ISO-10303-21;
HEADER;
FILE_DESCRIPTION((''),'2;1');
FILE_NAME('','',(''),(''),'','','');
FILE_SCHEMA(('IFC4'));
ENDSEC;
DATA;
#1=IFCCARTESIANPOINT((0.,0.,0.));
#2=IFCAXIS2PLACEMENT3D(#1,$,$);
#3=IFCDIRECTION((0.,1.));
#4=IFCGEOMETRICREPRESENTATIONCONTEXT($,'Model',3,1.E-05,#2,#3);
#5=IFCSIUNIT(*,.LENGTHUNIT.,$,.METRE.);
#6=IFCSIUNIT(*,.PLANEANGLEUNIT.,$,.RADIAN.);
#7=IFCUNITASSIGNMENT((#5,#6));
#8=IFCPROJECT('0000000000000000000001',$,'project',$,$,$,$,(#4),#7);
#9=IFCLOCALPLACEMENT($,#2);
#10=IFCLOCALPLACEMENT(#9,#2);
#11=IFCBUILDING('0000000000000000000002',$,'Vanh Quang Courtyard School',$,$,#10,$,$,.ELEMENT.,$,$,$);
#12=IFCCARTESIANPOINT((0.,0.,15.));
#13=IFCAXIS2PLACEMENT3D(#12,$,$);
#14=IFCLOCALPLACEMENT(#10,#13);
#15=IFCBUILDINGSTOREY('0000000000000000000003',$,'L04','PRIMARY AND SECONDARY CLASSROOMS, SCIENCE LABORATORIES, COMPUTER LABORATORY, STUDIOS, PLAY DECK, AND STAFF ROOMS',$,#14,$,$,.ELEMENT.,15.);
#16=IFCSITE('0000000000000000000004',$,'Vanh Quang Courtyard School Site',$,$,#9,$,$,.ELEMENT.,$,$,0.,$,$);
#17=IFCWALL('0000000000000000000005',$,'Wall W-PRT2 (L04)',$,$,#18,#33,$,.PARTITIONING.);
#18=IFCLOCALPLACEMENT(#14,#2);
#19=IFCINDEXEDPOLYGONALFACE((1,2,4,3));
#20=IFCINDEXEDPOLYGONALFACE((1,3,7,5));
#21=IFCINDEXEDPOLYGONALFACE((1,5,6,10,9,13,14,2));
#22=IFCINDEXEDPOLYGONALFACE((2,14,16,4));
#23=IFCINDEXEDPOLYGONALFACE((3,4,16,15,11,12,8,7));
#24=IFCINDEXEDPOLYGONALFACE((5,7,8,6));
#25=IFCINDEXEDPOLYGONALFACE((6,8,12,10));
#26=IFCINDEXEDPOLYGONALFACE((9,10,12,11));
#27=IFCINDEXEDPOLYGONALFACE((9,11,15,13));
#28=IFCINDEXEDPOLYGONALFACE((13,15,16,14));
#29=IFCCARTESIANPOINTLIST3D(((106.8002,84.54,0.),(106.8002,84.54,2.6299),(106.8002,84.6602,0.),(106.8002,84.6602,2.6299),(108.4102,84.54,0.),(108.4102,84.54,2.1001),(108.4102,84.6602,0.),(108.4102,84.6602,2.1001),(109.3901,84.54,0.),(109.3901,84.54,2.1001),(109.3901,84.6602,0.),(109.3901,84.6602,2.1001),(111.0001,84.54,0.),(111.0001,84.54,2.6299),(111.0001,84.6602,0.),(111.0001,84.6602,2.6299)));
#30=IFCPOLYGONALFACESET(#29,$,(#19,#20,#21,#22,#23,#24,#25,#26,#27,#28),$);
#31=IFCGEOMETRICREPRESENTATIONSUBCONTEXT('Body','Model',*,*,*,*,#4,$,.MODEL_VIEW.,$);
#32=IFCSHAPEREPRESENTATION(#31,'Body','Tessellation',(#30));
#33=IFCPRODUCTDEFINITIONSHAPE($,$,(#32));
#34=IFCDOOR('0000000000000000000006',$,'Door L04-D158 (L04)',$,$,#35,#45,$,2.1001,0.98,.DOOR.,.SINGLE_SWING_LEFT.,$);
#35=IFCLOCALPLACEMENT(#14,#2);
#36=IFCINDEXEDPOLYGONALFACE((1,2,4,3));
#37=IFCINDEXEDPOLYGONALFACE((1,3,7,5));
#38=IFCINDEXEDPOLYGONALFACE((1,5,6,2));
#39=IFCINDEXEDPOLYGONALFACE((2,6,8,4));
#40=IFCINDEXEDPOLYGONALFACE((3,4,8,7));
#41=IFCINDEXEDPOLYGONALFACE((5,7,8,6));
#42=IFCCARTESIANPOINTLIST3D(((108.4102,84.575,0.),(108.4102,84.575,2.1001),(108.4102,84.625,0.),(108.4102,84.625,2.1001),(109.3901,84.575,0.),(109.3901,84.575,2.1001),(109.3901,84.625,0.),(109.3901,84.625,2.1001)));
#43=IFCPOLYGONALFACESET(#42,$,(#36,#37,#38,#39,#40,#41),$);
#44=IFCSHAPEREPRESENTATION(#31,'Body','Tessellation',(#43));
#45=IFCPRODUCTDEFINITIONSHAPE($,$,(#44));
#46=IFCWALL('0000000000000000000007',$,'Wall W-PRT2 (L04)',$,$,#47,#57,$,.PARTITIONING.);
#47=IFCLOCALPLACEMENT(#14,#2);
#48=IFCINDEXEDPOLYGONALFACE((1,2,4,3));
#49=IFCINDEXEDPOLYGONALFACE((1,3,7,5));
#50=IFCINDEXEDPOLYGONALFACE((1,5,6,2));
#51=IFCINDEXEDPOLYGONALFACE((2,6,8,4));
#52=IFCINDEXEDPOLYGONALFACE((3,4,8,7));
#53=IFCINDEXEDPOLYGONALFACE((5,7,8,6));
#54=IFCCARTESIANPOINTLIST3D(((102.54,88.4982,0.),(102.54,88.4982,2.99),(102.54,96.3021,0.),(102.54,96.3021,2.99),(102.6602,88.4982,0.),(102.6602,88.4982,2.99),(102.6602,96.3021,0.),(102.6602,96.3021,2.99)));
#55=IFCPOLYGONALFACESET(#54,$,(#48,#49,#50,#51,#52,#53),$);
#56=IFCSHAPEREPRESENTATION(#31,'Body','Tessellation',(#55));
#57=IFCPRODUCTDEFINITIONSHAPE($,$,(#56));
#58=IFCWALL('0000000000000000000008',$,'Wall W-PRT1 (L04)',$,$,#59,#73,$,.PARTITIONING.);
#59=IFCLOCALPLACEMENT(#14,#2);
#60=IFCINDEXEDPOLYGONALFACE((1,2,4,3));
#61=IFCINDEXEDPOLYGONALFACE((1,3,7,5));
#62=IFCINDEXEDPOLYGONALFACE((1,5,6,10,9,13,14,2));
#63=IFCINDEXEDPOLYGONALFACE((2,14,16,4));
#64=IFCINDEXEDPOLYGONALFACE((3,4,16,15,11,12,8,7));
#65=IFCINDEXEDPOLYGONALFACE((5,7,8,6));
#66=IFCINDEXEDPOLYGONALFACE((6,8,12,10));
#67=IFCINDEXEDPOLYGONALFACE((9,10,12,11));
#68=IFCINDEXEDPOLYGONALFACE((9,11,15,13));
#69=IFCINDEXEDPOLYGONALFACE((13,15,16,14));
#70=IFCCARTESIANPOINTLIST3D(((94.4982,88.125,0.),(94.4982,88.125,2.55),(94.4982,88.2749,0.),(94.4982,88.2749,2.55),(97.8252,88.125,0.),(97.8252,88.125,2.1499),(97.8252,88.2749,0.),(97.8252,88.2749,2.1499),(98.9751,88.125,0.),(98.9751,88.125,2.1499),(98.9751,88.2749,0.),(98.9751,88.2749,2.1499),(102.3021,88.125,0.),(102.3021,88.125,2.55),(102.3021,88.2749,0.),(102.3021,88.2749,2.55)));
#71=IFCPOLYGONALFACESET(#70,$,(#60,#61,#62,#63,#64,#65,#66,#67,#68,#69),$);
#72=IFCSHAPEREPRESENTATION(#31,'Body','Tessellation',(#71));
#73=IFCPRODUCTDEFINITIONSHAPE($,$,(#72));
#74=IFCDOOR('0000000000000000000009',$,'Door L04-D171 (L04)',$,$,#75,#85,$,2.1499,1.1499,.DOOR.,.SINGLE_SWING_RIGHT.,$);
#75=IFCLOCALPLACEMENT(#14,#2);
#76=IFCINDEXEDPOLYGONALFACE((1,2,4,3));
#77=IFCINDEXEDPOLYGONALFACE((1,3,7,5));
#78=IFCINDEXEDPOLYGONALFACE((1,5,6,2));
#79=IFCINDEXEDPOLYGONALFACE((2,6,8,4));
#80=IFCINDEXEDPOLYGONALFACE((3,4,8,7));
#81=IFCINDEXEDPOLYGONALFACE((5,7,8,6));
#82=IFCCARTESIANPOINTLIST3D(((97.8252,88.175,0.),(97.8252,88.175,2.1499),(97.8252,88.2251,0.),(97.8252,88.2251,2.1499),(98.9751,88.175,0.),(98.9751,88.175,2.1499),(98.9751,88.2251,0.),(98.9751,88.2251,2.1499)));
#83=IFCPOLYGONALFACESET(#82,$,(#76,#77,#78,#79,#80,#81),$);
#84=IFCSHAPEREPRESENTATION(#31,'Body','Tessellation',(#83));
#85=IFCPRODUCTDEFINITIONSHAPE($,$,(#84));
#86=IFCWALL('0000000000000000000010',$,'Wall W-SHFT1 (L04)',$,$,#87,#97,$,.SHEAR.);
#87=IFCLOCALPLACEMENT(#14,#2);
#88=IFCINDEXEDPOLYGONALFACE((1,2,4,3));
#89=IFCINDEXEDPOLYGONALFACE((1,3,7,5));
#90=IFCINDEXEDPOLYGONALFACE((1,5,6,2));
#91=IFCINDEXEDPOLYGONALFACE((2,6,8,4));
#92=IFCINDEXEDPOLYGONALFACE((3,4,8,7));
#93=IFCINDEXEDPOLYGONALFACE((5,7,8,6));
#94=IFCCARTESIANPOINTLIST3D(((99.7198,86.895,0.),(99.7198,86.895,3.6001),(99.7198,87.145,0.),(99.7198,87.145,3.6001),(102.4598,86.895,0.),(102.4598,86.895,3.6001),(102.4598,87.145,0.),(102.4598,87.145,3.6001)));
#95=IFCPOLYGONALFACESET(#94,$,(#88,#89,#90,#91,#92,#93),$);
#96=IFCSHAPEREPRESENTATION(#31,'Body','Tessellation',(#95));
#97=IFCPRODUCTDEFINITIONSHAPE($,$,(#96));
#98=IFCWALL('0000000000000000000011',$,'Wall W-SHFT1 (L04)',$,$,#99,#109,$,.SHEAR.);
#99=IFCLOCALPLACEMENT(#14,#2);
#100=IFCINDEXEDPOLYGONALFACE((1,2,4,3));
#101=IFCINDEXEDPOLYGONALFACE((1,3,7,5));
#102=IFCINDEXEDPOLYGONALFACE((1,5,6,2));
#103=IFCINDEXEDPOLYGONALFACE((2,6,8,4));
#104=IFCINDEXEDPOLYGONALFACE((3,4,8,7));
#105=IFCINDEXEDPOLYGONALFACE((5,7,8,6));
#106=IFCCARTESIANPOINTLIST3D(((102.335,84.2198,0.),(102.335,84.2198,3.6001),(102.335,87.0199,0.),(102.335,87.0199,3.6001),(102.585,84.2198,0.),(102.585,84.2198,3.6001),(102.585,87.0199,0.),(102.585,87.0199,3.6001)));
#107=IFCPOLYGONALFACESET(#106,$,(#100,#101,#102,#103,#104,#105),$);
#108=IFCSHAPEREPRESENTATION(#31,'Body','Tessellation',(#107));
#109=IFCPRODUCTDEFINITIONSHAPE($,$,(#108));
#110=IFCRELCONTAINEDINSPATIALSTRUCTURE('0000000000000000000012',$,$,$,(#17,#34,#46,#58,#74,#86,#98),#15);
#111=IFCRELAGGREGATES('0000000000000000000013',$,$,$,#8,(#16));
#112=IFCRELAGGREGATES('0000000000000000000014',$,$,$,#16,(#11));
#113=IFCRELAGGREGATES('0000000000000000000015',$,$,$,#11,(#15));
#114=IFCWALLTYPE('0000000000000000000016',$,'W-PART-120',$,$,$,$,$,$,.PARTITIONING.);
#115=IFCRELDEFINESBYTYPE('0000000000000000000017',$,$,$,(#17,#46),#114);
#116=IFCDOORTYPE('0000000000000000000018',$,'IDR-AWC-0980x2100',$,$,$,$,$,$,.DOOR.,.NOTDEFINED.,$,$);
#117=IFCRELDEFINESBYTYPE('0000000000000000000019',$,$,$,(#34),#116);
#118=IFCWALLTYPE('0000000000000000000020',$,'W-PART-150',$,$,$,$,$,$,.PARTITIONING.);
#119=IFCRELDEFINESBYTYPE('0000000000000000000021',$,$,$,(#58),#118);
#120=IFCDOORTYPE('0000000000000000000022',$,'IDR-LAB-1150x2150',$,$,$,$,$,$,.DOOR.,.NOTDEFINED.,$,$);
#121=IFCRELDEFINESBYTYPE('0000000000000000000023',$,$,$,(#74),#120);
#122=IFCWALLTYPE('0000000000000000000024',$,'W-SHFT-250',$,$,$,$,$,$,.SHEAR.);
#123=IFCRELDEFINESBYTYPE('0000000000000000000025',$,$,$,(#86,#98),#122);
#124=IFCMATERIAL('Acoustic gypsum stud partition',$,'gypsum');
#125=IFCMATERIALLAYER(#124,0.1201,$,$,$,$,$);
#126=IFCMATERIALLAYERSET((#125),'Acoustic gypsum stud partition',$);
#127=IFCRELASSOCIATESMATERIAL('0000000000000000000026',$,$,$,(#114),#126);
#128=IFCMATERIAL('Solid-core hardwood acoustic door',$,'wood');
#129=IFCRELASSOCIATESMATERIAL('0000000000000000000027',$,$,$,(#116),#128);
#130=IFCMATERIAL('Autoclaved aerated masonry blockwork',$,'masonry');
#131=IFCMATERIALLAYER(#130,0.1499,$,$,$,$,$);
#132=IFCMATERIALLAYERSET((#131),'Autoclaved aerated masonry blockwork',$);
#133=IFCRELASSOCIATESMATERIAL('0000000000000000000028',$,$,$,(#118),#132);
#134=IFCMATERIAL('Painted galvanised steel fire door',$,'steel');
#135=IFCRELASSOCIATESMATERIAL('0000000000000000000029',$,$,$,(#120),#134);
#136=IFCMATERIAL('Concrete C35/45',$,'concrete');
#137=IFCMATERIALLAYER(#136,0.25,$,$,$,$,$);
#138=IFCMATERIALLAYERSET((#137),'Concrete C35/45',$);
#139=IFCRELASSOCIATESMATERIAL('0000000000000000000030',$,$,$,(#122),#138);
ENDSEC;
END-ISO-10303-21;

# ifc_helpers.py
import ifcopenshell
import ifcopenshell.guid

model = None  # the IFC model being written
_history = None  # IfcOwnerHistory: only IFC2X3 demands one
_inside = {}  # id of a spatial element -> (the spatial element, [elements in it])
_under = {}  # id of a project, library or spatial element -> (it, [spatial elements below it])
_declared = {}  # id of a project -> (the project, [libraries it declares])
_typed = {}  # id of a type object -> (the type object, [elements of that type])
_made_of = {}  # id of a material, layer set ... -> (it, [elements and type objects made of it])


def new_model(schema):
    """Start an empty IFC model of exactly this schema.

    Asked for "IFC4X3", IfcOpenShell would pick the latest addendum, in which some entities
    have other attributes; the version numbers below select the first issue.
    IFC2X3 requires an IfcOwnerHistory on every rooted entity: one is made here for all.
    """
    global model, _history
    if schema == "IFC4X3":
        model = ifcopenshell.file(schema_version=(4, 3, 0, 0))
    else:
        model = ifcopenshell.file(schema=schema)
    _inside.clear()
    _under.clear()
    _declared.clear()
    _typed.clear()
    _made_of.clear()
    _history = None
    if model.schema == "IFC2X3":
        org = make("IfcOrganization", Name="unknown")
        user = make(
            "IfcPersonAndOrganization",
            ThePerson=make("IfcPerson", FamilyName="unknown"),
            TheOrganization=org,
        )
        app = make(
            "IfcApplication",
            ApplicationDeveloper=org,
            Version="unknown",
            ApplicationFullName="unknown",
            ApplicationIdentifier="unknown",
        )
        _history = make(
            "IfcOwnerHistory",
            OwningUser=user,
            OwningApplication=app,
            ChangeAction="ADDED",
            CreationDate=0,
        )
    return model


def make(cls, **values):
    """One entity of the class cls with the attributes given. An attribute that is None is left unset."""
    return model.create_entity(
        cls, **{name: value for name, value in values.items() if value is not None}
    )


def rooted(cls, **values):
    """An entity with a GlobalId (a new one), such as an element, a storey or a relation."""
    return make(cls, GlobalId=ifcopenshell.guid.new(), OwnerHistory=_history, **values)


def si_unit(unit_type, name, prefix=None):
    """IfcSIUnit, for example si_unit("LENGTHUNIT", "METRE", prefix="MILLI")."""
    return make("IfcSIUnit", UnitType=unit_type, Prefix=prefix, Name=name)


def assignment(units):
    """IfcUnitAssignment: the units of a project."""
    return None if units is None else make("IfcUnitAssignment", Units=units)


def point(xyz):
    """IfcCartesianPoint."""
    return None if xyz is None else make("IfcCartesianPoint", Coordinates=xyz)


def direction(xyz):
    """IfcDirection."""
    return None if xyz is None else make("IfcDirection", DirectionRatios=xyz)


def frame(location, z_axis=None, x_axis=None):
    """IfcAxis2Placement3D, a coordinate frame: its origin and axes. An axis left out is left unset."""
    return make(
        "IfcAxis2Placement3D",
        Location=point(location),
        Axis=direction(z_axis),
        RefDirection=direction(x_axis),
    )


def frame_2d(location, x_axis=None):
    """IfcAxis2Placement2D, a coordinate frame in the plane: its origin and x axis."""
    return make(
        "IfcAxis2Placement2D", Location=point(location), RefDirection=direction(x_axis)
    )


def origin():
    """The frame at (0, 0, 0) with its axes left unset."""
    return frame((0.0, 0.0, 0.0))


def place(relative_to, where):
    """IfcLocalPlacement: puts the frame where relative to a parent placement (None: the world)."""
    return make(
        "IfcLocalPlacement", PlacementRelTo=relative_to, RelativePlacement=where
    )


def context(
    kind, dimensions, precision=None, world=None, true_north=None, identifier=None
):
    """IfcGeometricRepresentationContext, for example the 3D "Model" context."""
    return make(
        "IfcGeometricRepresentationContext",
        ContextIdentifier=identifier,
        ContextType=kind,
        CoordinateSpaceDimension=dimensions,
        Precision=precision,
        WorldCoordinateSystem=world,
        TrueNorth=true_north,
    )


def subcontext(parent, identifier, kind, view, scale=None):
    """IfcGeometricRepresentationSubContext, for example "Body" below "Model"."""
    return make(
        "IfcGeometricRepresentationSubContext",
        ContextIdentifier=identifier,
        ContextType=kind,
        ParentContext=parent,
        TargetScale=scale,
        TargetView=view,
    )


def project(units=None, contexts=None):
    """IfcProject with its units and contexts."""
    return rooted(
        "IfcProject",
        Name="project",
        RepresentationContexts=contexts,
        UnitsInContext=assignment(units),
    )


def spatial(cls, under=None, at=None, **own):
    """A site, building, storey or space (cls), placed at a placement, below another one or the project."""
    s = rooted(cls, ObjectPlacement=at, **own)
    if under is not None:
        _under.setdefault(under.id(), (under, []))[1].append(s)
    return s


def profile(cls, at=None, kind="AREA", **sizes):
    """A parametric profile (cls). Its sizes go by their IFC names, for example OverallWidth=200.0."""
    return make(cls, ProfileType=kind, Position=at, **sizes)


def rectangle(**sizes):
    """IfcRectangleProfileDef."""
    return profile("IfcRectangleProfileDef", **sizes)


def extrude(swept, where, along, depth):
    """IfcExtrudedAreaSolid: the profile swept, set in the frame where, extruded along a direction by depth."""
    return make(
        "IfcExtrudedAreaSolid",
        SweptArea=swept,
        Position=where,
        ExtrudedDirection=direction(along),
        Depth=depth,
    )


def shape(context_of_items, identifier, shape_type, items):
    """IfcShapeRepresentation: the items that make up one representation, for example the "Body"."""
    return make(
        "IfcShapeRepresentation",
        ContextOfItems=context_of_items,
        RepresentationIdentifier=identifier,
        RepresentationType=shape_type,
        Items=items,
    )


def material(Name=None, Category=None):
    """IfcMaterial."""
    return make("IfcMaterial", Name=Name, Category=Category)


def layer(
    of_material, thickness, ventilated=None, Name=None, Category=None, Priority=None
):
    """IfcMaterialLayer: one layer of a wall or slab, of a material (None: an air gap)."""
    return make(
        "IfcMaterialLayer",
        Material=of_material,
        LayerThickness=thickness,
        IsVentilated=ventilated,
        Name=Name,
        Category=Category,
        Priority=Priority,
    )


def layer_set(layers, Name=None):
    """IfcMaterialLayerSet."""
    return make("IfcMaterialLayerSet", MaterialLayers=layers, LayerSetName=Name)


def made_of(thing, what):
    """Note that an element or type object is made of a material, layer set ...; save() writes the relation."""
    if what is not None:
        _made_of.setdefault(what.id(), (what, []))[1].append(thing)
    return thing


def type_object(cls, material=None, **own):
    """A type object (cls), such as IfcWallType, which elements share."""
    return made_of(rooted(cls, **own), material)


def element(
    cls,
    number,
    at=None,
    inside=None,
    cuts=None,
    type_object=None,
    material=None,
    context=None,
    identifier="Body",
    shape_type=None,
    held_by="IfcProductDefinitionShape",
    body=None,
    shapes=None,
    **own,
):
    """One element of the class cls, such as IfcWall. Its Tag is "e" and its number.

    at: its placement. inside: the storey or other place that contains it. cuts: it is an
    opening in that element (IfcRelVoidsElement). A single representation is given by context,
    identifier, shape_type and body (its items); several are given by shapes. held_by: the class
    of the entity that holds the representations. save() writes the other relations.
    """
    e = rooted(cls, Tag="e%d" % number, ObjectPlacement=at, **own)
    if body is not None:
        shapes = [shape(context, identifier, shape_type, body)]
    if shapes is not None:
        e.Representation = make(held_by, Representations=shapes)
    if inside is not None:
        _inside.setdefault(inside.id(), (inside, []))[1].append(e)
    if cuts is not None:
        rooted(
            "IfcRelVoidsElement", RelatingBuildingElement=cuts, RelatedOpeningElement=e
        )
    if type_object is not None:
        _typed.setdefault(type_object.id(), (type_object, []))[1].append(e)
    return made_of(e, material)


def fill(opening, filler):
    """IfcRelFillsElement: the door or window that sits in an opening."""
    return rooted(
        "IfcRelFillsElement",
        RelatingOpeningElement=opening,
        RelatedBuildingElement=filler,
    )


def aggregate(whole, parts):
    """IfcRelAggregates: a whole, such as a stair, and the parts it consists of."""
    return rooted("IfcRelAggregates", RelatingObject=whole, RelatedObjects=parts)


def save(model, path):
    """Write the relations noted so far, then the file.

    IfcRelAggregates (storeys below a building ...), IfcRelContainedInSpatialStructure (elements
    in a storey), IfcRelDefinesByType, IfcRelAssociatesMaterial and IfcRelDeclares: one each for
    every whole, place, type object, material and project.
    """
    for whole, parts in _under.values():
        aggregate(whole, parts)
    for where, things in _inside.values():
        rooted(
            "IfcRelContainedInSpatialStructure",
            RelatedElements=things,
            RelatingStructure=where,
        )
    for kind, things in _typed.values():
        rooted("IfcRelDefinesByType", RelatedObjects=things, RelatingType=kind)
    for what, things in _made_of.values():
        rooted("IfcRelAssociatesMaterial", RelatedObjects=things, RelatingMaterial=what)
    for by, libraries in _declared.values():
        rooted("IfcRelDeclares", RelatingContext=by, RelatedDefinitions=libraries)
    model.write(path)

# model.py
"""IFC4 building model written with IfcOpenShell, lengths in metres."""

from ifc_helpers import new_model, si_unit, direction, frame, frame_2d, origin, place, context, subcontext, project, spatial, rectangle, extrude, material, layer, layer_set, type_object, element, fill, save


model = new_model("IFC4")

# Units and contexts
model_context = context("Model", 3, precision=1e-05, world=origin(), true_north=direction((0.0, 1.0)))
body_context = subcontext(model_context, "Body", "Model", "MODEL_VIEW")
ifc_project = project(units=[si_unit("LENGTHUNIT", "METRE"), si_unit("PLANEANGLEUNIT", "RADIAN")], contexts=[model_context])

# Site, building, storey
site_placement = place(None, origin())
site = spatial("IfcSite", under=ifc_project, at=site_placement, Name="Vanh Quang Courtyard School Site", CompositionType="ELEMENT", RefElevation=0.0)
building_placement = place(site_placement, origin())
building = spatial("IfcBuilding", under=site, at=building_placement, Name="Vanh Quang Courtyard School", CompositionType="ELEMENT")
storey_placement = place(building_placement, frame((0.0, 0.0, 15.0)))
storey = spatial("IfcBuildingStorey", under=building, at=storey_placement, Name="L04", Description="PRIMARY AND SECONDARY CLASSROOMS, SCIENCE LABORATORIES, COMPUTER LABORATORY, STUDIOS, PLAY DECK, AND STAFF ROOMS", CompositionType="ELEMENT", Elevation=15.0)

# Shared definitions
ifc_material_1 = material(Name="Concrete C35/45", Category="concrete")

# Shared definitions
ifc_material_2 = material(Name="Painted galvanised steel fire door", Category="steel")

# Wall, opening, door
ifc_material_3 = material(Name="Acoustic gypsum stud partition", Category="gypsum")
ifc_layer_1 = layer(ifc_material_3, 0.1201)
ifc_layer_set_1 = layer_set([ifc_layer_1], Name="Acoustic gypsum stud partition")
wall_type_1 = type_object("IfcWallType", Name="W-PART-120", PredefinedType="PARTITIONING", material=ifc_layer_set_1)
wall_1_placement = place(storey_placement, frame((106.8, 84.6001, 0.0), z_axis=(0.0, 0.0, 1.0), x_axis=(1.0, 0.0, 0.0)))
wall_1 = element("IfcWall", 1, at=wall_1_placement, inside=storey, type_object=wall_type_1, Name="Wall W-PRT2 (L04)", PredefinedType="PARTITIONING", context=body_context, shape_type="SweptSolid", body=[
    extrude(rectangle(XDim=4.2, YDim=0.1201, at=frame_2d((2.1001, 0.0))), origin(), (0.0, 0.0, 1.0), 2.6299),
])
opening_1_placement = place(wall_1_placement, frame((1.6101, 0.0, 0.0)))
opening_1 = element("IfcOpeningElement", 2, at=opening_1_placement, cuts=wall_1, PredefinedType="OPENING", context=body_context, shape_type="SweptSolid", body=[
    extrude(rectangle(XDim=0.98, YDim=2.1001, at=frame_2d((0.49, 1.05))), frame((0.0, 0.0701, 0.0), z_axis=(0.0, -1.0, 0.0), x_axis=(1.0, 0.0, 0.0)), (0.0, 0.0, 1.0), 0.1401),
])
ifc_material_4 = material(Name="Solid-core hardwood acoustic door", Category="wood")
door_type_1 = type_object("IfcDoorType", Name="IDR-AWC-0980x2100", OperationType="NOTDEFINED", PredefinedType="DOOR", material=ifc_material_4)
door_1_placement = place(opening_1_placement, origin())
door_1 = element("IfcDoor", 3, at=door_1_placement, inside=storey, type_object=door_type_1, Name="Door L04-D158 (L04)", OperationType="SINGLE_SWING_LEFT", OverallHeight=2.1001, OverallWidth=0.98, PredefinedType="DOOR", context=body_context, shape_type="SweptSolid", body=[
    extrude(rectangle(XDim=0.98, YDim=2.1001, at=frame_2d((0.49, 1.05))), frame((0.0, 0.0249, 0.0), z_axis=(0.0, -1.0, 0.0), x_axis=(1.0, 0.0, 0.0)), (0.0, 0.0, 1.0), 0.05),
])
fill(opening_1, door_1)

# Wall
wall_2_placement = place(storey_placement, frame((102.6001, 96.302, 0.0), z_axis=(0.0, 0.0, 1.0), x_axis=(0.0, -1.0, 0.0)))
element("IfcWall", 4, at=wall_2_placement, inside=storey, type_object=wall_type_1, Name="Wall W-PRT2 (L04)", PredefinedType="PARTITIONING", context=body_context, shape_type="SweptSolid", body=[
    extrude(rectangle(XDim=7.804, YDim=0.1201, at=frame_2d((3.9019, 0.0))), origin(), (0.0, 0.0, 1.0), 2.99),
])

# Wall, opening, door
ifc_material_5 = material(Name="Autoclaved aerated masonry blockwork", Category="masonry")
ifc_layer_2 = layer(ifc_material_5, 0.1499)
ifc_layer_set_2 = layer_set([ifc_layer_2], Name="Autoclaved aerated masonry blockwork")
wall_type_2 = type_object("IfcWallType", Name="W-PART-150", PredefinedType="PARTITIONING", material=ifc_layer_set_2)
wall_3_placement = place(storey_placement, frame((102.302, 88.2, 0.0), z_axis=(0.0, 0.0, 1.0), x_axis=(-1.0, 0.0, 0.0)))
wall_3 = element("IfcWall", 5, at=wall_3_placement, inside=storey, type_object=wall_type_2, Name="Wall W-PRT1 (L04)", PredefinedType="PARTITIONING", context=body_context, shape_type="SweptSolid", body=[
    extrude(rectangle(XDim=7.804, YDim=0.1499, at=frame_2d((3.9019, 0.0))), origin(), (0.0, 0.0, 1.0), 2.55),
])
opening_2_placement = place(wall_3_placement, frame((3.3269, 0.0, 0.0)))
opening_2 = element("IfcOpeningElement", 6, at=opening_2_placement, cuts=wall_3, PredefinedType="OPENING", context=body_context, shape_type="SweptSolid", body=[
    extrude(rectangle(XDim=1.1499, YDim=2.1499, at=frame_2d((0.575, 1.075))), frame((0.0, 0.085, 0.0), z_axis=(0.0, -1.0, 0.0), x_axis=(1.0, 0.0, 0.0)), (0.0, 0.0, 1.0), 0.1699),
])
door_type_2 = type_object("IfcDoorType", Name="IDR-LAB-1150x2150", OperationType="NOTDEFINED", PredefinedType="DOOR", material=ifc_material_2)
door_2_placement = place(opening_2_placement, origin())
door_2 = element("IfcDoor", 7, at=door_2_placement, inside=storey, type_object=door_type_2, Name="Door L04-D171 (L04)", OperationType="SINGLE_SWING_RIGHT", OverallHeight=2.1499, OverallWidth=1.1499, PredefinedType="DOOR", context=body_context, shape_type="SweptSolid", body=[
    extrude(rectangle(XDim=1.1499, YDim=2.1499, at=frame_2d((0.575, 1.075))), frame((0.0, 0.0249, 0.0), z_axis=(0.0, -1.0, 0.0), x_axis=(1.0, 0.0, 0.0)), (0.0, 0.0, 1.0), 0.05),
])
fill(opening_2, door_2)
ifc_layer_3 = layer(ifc_material_1, 0.25)
ifc_layer_set_3 = layer_set([ifc_layer_3], Name="Concrete C35/45")
wall_type_3 = type_object("IfcWallType", Name="W-SHFT-250", PredefinedType="SHEAR", material=ifc_layer_set_3)

# Walls
wall_4_placement = place(storey_placement, frame((102.46, 87.02, 0.0), z_axis=(0.0, 0.0, 1.0), x_axis=(-1.0, 0.0, 0.0)))
element("IfcWall", 8, at=wall_4_placement, inside=storey, type_object=wall_type_3, Name="Wall W-SHFT1 (L04)", PredefinedType="SHEAR", context=body_context, shape_type="SweptSolid", body=[
    extrude(rectangle(XDim=2.74, YDim=0.25, at=frame_2d((1.3701, 0.0))), origin(), (0.0, 0.0, 1.0), 3.6001),
])
wall_5_placement = place(storey_placement, frame((102.46, 84.22, 0.0), z_axis=(0.0, 0.0, 1.0), x_axis=(0.0, 1.0, 0.0)))
element("IfcWall", 9, at=wall_5_placement, inside=storey, type_object=wall_type_3, Name="Wall W-SHFT1 (L04)", PredefinedType="SHEAR", context=body_context, shape_type="SweptSolid", body=[
    extrude(rectangle(XDim=2.8, YDim=0.25, at=frame_2d((1.3999, 0.0))), origin(), (0.0, 0.0, 1.0), 3.6001),
])

save(model, "model.ifc")
